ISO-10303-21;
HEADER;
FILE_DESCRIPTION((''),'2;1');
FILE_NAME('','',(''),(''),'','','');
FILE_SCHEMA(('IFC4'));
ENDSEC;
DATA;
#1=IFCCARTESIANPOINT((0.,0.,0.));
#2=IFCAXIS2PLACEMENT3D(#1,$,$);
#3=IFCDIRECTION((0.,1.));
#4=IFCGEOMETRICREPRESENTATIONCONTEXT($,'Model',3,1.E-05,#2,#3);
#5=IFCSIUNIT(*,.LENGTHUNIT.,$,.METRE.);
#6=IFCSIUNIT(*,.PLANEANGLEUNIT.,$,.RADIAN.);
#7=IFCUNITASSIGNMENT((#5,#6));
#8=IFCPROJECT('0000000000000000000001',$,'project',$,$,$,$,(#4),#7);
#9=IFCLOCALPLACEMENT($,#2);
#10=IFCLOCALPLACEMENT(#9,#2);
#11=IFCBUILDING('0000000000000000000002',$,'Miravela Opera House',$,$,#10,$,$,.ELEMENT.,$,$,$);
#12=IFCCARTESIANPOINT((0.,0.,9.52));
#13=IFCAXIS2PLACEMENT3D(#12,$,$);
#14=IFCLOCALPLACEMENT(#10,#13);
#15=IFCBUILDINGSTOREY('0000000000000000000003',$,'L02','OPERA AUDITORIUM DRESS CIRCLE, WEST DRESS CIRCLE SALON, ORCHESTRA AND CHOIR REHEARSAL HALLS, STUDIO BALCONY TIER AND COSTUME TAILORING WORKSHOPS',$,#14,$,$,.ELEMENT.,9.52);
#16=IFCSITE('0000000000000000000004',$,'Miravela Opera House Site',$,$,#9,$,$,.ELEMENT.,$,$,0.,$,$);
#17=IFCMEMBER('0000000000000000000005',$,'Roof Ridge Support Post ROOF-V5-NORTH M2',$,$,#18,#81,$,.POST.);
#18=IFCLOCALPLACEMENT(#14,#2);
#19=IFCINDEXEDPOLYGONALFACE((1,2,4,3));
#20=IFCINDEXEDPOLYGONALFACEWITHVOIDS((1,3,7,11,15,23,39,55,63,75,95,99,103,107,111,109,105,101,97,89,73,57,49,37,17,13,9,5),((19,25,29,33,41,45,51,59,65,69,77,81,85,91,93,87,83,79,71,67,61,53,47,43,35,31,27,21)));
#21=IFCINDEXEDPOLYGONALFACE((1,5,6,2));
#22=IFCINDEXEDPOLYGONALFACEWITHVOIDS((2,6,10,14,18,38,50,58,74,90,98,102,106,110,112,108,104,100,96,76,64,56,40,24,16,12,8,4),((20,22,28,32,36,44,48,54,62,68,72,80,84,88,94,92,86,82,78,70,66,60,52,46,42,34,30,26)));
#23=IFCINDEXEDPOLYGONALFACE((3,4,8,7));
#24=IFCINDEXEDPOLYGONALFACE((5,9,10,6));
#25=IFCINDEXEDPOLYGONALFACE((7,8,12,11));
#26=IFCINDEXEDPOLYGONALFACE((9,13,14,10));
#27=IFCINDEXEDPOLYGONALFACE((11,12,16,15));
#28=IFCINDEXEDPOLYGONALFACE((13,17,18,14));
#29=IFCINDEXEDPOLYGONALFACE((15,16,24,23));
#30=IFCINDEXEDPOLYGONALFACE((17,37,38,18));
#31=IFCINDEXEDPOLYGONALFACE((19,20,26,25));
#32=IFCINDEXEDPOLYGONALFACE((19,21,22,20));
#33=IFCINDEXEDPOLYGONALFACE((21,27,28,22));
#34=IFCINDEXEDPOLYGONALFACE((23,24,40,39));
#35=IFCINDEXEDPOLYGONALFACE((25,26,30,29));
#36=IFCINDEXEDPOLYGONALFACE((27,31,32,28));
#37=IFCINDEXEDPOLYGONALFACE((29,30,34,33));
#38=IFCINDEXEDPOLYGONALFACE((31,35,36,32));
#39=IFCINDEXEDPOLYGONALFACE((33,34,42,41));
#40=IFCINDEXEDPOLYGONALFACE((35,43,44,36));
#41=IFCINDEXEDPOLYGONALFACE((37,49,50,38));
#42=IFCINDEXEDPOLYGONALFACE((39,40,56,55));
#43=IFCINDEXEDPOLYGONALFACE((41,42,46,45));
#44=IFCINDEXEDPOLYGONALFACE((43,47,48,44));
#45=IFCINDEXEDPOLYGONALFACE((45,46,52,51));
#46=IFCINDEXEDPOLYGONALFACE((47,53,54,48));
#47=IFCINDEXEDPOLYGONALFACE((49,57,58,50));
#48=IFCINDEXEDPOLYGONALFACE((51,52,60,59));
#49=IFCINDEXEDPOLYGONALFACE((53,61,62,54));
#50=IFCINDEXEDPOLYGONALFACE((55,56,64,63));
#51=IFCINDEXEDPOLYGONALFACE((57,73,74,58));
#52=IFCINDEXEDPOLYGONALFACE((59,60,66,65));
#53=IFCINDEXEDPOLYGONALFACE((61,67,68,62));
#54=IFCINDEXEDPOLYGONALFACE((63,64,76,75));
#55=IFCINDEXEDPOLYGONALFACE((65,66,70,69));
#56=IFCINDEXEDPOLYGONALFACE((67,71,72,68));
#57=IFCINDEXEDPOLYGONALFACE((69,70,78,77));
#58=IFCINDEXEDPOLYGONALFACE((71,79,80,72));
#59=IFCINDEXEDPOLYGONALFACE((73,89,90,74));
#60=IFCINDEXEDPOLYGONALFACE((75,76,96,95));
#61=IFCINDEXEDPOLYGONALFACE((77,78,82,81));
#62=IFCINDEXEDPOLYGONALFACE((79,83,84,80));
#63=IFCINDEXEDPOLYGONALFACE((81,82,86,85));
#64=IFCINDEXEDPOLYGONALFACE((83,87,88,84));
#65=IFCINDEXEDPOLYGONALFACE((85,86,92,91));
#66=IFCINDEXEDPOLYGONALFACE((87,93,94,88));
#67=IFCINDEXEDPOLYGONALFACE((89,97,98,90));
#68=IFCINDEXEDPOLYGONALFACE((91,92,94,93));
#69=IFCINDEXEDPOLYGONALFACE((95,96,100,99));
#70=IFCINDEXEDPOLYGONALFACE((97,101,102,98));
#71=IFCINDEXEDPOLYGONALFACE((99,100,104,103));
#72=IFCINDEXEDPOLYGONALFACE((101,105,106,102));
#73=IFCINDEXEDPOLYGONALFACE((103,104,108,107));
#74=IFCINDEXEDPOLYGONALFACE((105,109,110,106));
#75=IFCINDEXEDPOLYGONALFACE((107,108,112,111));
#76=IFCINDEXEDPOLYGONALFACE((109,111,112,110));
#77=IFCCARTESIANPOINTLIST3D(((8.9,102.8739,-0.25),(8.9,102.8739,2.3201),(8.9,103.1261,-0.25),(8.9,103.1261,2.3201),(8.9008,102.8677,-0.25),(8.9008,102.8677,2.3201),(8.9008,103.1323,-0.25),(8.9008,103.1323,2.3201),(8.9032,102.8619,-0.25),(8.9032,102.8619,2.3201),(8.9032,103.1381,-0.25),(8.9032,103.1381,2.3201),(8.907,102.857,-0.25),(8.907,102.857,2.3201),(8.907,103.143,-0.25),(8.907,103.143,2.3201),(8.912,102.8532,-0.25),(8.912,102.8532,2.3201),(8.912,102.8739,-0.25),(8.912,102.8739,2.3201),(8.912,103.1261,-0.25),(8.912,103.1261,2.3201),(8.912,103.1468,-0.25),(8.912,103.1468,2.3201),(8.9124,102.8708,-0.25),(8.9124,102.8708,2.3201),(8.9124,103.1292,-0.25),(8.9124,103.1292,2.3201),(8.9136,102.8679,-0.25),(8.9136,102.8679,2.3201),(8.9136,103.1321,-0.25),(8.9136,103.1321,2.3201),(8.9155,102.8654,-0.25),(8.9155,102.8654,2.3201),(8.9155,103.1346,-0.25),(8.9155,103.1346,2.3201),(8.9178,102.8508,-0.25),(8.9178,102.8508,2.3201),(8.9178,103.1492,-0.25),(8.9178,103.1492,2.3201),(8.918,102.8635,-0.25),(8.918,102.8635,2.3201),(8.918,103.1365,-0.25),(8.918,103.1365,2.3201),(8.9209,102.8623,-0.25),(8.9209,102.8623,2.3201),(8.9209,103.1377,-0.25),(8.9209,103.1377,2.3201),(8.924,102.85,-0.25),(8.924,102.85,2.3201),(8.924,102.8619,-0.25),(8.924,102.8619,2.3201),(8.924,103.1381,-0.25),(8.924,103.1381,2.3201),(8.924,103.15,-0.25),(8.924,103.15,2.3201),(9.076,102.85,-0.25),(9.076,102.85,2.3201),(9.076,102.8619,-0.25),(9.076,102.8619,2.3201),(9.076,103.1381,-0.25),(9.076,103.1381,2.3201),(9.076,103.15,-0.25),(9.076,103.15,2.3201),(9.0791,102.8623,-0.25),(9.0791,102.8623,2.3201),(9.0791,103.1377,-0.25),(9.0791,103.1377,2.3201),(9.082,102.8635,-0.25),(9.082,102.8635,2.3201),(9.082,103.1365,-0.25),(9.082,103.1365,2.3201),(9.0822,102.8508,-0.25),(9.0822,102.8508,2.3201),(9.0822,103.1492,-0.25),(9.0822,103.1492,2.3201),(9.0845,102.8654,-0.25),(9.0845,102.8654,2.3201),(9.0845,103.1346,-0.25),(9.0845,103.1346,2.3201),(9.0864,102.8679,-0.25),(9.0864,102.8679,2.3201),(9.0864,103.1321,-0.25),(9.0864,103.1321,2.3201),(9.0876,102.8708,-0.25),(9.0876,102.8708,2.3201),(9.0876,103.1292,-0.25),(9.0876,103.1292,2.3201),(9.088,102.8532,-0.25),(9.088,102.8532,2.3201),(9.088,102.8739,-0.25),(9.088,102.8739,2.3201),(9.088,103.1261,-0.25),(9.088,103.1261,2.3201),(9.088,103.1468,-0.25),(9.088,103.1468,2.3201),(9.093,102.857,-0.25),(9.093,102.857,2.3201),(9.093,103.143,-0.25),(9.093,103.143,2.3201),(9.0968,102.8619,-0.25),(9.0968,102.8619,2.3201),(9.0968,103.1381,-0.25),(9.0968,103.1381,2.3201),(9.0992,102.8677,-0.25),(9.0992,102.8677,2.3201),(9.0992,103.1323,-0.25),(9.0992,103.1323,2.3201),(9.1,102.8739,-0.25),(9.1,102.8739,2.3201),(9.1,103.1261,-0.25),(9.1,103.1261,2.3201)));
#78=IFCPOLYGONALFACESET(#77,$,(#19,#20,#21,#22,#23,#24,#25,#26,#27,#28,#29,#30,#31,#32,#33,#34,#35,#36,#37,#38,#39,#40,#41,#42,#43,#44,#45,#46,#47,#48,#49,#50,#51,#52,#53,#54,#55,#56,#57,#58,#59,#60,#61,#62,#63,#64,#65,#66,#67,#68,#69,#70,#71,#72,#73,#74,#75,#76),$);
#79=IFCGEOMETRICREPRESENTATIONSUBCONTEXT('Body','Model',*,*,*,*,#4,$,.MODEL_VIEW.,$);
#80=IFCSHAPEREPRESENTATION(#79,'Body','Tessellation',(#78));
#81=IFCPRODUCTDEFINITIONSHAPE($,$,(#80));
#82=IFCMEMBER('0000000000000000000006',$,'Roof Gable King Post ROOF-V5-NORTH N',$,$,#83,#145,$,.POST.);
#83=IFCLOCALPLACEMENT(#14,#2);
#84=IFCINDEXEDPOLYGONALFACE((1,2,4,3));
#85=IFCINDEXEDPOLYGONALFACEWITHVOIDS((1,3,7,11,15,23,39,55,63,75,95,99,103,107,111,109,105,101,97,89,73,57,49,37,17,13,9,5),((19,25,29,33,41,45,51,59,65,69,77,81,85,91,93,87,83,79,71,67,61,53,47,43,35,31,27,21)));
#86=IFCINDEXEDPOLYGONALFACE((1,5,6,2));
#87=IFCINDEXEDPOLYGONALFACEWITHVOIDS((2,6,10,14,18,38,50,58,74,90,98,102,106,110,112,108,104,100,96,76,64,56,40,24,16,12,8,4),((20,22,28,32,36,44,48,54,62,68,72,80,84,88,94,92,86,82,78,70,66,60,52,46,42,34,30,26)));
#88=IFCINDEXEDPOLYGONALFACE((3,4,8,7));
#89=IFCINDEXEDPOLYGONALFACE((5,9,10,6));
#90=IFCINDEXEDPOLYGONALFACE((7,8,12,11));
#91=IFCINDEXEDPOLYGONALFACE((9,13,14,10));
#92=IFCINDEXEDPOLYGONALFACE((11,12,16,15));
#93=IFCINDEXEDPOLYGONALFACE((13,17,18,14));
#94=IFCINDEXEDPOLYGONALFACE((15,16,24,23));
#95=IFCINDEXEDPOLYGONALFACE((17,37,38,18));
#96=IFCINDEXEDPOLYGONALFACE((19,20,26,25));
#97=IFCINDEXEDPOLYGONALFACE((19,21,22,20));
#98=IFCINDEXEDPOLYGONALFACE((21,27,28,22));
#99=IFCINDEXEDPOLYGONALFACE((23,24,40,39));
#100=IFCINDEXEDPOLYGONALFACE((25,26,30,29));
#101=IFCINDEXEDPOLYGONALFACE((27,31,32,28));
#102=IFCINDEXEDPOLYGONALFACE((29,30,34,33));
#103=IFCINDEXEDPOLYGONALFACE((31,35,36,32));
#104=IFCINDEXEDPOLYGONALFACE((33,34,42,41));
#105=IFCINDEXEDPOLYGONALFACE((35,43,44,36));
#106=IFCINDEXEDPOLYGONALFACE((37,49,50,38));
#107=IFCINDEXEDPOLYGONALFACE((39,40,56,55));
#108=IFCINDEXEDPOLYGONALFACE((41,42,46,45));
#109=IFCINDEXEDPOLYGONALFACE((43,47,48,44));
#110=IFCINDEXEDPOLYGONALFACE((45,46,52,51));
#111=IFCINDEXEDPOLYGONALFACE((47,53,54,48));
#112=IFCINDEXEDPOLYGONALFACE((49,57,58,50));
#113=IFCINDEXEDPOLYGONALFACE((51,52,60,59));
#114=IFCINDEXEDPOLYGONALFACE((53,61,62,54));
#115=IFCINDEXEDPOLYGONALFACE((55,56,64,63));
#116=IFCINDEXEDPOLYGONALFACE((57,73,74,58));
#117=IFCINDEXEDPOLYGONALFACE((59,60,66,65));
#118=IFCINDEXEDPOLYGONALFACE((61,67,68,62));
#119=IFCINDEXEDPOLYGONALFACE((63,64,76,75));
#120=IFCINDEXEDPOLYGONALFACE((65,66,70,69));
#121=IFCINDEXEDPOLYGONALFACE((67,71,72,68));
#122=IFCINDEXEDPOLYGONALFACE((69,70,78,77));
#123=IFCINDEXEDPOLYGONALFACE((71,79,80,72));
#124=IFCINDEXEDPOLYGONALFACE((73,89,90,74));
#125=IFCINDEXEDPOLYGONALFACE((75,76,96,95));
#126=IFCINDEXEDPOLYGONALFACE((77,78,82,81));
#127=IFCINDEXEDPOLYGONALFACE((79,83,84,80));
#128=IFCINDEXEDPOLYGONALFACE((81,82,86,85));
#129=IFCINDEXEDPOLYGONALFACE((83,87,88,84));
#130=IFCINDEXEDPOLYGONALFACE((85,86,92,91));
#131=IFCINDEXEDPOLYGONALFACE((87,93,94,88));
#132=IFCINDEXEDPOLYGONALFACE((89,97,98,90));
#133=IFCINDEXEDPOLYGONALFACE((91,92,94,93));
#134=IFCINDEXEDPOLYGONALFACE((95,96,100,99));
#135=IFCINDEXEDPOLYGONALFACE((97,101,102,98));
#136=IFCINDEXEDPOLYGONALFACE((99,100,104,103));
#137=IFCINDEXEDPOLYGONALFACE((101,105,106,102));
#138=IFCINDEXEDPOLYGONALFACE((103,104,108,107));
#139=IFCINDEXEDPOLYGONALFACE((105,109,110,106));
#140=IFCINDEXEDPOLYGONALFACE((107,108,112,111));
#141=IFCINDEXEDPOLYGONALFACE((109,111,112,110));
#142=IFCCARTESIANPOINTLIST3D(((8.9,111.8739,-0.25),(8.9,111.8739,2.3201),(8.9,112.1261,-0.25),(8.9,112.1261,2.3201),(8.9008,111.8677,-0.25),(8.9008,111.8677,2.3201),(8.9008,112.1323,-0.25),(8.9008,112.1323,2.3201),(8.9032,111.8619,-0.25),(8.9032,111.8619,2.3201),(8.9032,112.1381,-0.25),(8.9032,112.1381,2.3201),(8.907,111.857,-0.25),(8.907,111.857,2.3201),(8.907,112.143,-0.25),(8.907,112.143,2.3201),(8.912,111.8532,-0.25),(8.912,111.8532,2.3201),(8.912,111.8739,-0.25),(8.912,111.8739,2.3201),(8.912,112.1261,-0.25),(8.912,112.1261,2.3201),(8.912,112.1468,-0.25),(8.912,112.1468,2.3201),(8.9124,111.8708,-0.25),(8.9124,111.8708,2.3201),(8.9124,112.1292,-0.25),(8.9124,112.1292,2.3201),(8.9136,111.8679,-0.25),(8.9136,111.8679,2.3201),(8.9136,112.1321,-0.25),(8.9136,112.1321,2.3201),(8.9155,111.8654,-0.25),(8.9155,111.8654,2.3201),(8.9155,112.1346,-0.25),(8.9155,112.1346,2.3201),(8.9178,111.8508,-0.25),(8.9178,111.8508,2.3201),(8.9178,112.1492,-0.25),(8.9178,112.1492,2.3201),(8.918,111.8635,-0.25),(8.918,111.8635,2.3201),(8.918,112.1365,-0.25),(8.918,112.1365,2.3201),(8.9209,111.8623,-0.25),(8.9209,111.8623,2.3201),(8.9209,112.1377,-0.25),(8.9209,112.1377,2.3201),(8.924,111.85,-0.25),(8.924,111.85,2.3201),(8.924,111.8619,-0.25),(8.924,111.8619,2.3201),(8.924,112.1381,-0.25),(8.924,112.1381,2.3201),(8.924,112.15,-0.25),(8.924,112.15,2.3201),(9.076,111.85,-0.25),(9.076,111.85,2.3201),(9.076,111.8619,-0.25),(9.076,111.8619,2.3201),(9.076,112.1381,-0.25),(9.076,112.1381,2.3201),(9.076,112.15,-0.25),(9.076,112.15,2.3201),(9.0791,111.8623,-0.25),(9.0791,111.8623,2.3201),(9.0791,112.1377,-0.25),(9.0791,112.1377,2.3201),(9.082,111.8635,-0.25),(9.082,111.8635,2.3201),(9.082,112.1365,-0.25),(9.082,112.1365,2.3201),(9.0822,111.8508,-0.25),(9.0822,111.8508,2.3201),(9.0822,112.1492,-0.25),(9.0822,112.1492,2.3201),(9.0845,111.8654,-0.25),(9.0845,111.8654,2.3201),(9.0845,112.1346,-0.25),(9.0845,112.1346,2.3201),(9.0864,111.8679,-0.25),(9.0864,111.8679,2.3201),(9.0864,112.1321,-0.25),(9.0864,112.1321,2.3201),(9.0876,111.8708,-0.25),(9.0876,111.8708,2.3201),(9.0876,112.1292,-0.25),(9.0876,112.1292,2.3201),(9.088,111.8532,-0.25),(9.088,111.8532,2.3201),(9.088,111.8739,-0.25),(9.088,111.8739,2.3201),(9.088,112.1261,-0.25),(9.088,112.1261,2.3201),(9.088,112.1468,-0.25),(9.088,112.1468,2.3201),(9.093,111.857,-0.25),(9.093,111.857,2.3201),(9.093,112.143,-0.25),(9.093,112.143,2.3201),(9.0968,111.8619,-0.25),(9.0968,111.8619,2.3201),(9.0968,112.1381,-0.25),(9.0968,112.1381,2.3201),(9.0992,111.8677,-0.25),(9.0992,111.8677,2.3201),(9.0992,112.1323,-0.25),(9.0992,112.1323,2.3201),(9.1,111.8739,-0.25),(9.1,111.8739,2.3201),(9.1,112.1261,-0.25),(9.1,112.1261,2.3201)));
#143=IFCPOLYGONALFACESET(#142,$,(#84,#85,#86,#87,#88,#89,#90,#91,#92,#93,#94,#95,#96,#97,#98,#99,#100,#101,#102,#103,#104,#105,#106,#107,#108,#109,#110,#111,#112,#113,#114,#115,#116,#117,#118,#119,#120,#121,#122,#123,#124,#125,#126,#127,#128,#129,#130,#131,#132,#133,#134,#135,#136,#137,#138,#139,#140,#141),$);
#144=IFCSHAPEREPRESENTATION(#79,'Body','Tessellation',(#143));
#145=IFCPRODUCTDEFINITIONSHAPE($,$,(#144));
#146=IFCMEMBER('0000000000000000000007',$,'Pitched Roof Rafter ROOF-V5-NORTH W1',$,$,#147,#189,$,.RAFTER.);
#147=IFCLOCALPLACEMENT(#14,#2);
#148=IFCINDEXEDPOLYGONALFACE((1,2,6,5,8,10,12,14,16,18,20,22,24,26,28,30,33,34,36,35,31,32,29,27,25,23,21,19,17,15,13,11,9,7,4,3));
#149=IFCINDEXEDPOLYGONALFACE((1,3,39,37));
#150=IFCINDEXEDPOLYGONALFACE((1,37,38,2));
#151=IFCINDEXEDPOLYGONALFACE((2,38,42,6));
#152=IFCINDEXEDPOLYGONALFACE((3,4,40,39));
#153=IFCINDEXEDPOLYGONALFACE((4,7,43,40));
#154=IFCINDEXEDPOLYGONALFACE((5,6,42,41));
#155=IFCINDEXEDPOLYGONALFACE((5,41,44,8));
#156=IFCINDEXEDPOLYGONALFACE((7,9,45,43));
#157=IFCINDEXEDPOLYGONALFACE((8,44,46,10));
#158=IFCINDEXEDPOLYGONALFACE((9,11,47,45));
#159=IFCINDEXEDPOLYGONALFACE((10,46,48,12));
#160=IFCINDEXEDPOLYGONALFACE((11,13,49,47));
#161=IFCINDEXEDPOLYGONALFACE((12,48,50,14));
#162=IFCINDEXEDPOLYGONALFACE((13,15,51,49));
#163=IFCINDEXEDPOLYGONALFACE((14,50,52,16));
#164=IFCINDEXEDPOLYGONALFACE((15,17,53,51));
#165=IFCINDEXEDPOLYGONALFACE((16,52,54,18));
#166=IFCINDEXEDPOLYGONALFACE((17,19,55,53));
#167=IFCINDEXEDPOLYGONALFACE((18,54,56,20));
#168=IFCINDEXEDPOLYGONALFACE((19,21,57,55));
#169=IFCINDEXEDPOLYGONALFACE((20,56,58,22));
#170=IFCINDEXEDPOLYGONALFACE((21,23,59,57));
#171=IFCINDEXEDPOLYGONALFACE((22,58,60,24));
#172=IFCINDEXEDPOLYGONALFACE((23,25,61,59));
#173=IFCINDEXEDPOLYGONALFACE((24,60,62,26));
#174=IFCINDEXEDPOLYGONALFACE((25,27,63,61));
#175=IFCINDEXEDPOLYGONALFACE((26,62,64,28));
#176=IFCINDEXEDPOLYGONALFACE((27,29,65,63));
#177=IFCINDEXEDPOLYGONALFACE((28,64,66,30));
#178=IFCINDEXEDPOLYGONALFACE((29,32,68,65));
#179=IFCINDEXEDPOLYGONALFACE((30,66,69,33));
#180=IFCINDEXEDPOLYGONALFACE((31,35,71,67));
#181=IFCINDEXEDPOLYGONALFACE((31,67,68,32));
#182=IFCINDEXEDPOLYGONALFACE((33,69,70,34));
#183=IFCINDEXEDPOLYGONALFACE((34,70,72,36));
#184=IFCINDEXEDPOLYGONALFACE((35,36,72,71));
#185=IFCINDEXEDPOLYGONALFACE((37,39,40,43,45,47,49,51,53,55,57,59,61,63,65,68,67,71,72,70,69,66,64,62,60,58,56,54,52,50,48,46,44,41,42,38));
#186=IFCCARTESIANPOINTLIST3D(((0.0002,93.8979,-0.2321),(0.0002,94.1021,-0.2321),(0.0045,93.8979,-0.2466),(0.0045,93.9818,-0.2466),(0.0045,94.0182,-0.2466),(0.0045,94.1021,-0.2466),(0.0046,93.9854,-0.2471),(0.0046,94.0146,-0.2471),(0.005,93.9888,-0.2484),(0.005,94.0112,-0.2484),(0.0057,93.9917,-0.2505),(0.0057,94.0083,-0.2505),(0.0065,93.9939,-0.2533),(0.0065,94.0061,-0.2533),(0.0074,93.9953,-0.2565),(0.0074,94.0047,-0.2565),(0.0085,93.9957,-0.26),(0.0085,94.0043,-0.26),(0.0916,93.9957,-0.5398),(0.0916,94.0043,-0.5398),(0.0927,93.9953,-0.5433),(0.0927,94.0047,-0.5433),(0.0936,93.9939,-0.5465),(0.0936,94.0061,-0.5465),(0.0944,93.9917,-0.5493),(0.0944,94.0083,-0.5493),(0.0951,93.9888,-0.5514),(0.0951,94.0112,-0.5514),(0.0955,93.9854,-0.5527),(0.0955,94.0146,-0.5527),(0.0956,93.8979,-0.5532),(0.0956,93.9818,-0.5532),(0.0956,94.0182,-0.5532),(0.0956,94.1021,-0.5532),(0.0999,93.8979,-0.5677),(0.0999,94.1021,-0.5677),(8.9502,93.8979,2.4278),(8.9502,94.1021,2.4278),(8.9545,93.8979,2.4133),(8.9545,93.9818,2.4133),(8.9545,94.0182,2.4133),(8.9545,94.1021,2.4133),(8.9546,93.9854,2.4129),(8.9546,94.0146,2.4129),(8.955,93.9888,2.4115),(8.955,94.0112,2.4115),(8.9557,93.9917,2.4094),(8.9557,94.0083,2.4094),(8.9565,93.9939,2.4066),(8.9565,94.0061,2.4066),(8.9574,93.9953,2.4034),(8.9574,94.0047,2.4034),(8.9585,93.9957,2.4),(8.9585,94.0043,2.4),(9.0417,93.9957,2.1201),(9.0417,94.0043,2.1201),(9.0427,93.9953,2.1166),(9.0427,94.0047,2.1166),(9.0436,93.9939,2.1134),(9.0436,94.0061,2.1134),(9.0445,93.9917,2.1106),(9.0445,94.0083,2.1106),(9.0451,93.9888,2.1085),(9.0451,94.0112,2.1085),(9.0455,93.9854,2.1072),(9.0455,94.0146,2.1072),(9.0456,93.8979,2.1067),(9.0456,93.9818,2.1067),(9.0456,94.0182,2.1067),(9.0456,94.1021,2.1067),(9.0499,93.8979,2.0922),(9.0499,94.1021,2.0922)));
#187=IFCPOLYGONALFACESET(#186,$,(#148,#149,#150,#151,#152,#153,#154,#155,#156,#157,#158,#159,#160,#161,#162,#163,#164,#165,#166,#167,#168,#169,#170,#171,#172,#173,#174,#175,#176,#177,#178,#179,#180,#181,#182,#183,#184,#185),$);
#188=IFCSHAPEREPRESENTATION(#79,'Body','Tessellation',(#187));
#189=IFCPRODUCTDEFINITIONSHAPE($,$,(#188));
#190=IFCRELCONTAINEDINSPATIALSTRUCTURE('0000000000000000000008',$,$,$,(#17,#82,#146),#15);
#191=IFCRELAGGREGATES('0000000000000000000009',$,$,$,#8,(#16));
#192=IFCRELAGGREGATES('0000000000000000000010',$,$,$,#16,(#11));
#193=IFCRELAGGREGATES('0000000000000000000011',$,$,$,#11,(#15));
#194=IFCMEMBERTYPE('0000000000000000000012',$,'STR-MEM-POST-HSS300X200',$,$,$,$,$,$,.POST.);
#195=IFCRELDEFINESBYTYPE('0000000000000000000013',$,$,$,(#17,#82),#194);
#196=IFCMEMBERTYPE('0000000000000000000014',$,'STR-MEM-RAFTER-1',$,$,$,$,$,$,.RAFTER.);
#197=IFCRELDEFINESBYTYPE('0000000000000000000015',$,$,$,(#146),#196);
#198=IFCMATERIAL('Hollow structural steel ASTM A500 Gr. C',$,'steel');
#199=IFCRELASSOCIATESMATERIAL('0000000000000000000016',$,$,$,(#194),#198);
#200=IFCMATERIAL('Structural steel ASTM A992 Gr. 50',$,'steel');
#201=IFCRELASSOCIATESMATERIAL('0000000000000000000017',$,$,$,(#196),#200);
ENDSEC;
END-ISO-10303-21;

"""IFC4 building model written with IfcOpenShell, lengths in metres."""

from ifc_helpers import new_model, si_unit, direction, frame, origin, origin_2d, place, context, subcontext, project, spatial, hollow_rectangle, i_section, extrude, material, material_profile, profile_set, type_object, element, save


model = new_model("IFC4")

# Units and contexts
model_context = context("Model", 3, precision=1e-05, world=origin(), true_north=direction((0.0, 1.0)))
body_context = subcontext(model_context, "Body", "Model", "MODEL_VIEW")
ifc_project = project(units=[si_unit("LENGTHUNIT", "METRE"), si_unit("PLANEANGLEUNIT", "RADIAN")], contexts=[model_context])

# Site, building, storey
site_placement = place(None, origin())
site = spatial("IfcSite", under=ifc_project, at=site_placement, Name="Miravela Opera House Site", CompositionType="ELEMENT", RefElevation=0.0)
building_placement = place(site_placement, origin())
building = spatial("IfcBuilding", under=site, at=building_placement, Name="Miravela Opera House", CompositionType="ELEMENT")
storey_placement = place(building_placement, frame((0.0, 0.0, 9.52)))
storey = spatial("IfcBuildingStorey", under=building, at=storey_placement, Name="L02", Description="OPERA AUDITORIUM DRESS CIRCLE, WEST DRESS CIRCLE SALON, ORCHESTRA AND CHOIR REHEARSAL HALLS, STUDIO BALCONY TIER AND COSTUME TAILORING WORKSHOPS", CompositionType="ELEMENT", Elevation=9.52)

# Members
ifc_material_1 = material(Name="Hollow structural steel ASTM A500 Gr. C", Category="steel")
ifc_material_profile_1 = material_profile(ifc_material_1, hollow_rectangle(XDim=0.2, YDim=0.3, WallThickness=0.012, InnerFilletRadius=0.012, OuterFilletRadius=0.0239, at=origin_2d()), Name="HSS300X200X12")
ifc_profile_set_1 = profile_set([ifc_material_profile_1])
member_type_1 = type_object("IfcMemberType", Name="STR-MEM-POST-HSS300X200", PredefinedType="POST", material=ifc_profile_set_1)
for number, where, z_axis, x_axis, name in (
    (1, (9.0, 103.0, -0.25), (0.0, 0.0, 1.0), (1.0, 0.0, 0.0), "Roof Ridge Support Post ROOF-V5-NORTH M2"),
    (2, (9.0, 112.0, -0.25), (0.0, 0.0, 1.0), (1.0, 0.0, 0.0), "Roof Gable King Post ROOF-V5-NORTH N"),
):
    element("IfcMember", number, at=place(storey_placement, frame(where, z_axis=z_axis, x_axis=x_axis)), inside=storey, type_object=member_type_1, Name=name, PredefinedType="POST", context=body_context, shape_type="SweptSolid", body=[
        extrude(hollow_rectangle(XDim=0.2, YDim=0.3, WallThickness=0.012, InnerFilletRadius=0.012, OuterFilletRadius=0.0239, at=origin_2d()), origin(), (0.0, 0.0, 1.0), 2.5701),
    ])
ifc_material_2 = material(Name="Structural steel ASTM A992 Gr. 50", Category="steel")
ifc_material_profile_2 = material_profile(ifc_material_2, i_section(OverallWidth=0.2041, OverallDepth=0.3501, WebThickness=0.0085, FlangeThickness=0.0151, FilletRadius=0.0139, at=origin_2d()), Name="W360X72")
ifc_profile_set_2 = profile_set([ifc_material_profile_2])
member_type_2 = type_object("IfcMemberType", Name="STR-MEM-RAFTER-1", PredefinedType="RAFTER", material=ifc_profile_set_2)
for number, where, z_axis, x_axis, name in (
    (3, (0.05, 94.0, -0.3999), (0.958562, 0.0, 0.284883), (0.0, 1.0, 0.0), "Pitched Roof Rafter ROOF-V5-NORTH W1"),
):
    element("IfcMember", number, at=place(storey_placement, frame(where, z_axis=z_axis, x_axis=x_axis)), inside=storey, type_object=member_type_2, Name=name, PredefinedType="RAFTER", context=body_context, shape_type="SweptSolid", body=[
        extrude(i_section(OverallWidth=0.2041, OverallDepth=0.3501, WebThickness=0.0085, FlangeThickness=0.0151, FilletRadius=0.0139, at=origin_2d()), origin(), (0.0, 0.0, 1.0), 9.3369),
    ])

save(model, "model.ifc")
